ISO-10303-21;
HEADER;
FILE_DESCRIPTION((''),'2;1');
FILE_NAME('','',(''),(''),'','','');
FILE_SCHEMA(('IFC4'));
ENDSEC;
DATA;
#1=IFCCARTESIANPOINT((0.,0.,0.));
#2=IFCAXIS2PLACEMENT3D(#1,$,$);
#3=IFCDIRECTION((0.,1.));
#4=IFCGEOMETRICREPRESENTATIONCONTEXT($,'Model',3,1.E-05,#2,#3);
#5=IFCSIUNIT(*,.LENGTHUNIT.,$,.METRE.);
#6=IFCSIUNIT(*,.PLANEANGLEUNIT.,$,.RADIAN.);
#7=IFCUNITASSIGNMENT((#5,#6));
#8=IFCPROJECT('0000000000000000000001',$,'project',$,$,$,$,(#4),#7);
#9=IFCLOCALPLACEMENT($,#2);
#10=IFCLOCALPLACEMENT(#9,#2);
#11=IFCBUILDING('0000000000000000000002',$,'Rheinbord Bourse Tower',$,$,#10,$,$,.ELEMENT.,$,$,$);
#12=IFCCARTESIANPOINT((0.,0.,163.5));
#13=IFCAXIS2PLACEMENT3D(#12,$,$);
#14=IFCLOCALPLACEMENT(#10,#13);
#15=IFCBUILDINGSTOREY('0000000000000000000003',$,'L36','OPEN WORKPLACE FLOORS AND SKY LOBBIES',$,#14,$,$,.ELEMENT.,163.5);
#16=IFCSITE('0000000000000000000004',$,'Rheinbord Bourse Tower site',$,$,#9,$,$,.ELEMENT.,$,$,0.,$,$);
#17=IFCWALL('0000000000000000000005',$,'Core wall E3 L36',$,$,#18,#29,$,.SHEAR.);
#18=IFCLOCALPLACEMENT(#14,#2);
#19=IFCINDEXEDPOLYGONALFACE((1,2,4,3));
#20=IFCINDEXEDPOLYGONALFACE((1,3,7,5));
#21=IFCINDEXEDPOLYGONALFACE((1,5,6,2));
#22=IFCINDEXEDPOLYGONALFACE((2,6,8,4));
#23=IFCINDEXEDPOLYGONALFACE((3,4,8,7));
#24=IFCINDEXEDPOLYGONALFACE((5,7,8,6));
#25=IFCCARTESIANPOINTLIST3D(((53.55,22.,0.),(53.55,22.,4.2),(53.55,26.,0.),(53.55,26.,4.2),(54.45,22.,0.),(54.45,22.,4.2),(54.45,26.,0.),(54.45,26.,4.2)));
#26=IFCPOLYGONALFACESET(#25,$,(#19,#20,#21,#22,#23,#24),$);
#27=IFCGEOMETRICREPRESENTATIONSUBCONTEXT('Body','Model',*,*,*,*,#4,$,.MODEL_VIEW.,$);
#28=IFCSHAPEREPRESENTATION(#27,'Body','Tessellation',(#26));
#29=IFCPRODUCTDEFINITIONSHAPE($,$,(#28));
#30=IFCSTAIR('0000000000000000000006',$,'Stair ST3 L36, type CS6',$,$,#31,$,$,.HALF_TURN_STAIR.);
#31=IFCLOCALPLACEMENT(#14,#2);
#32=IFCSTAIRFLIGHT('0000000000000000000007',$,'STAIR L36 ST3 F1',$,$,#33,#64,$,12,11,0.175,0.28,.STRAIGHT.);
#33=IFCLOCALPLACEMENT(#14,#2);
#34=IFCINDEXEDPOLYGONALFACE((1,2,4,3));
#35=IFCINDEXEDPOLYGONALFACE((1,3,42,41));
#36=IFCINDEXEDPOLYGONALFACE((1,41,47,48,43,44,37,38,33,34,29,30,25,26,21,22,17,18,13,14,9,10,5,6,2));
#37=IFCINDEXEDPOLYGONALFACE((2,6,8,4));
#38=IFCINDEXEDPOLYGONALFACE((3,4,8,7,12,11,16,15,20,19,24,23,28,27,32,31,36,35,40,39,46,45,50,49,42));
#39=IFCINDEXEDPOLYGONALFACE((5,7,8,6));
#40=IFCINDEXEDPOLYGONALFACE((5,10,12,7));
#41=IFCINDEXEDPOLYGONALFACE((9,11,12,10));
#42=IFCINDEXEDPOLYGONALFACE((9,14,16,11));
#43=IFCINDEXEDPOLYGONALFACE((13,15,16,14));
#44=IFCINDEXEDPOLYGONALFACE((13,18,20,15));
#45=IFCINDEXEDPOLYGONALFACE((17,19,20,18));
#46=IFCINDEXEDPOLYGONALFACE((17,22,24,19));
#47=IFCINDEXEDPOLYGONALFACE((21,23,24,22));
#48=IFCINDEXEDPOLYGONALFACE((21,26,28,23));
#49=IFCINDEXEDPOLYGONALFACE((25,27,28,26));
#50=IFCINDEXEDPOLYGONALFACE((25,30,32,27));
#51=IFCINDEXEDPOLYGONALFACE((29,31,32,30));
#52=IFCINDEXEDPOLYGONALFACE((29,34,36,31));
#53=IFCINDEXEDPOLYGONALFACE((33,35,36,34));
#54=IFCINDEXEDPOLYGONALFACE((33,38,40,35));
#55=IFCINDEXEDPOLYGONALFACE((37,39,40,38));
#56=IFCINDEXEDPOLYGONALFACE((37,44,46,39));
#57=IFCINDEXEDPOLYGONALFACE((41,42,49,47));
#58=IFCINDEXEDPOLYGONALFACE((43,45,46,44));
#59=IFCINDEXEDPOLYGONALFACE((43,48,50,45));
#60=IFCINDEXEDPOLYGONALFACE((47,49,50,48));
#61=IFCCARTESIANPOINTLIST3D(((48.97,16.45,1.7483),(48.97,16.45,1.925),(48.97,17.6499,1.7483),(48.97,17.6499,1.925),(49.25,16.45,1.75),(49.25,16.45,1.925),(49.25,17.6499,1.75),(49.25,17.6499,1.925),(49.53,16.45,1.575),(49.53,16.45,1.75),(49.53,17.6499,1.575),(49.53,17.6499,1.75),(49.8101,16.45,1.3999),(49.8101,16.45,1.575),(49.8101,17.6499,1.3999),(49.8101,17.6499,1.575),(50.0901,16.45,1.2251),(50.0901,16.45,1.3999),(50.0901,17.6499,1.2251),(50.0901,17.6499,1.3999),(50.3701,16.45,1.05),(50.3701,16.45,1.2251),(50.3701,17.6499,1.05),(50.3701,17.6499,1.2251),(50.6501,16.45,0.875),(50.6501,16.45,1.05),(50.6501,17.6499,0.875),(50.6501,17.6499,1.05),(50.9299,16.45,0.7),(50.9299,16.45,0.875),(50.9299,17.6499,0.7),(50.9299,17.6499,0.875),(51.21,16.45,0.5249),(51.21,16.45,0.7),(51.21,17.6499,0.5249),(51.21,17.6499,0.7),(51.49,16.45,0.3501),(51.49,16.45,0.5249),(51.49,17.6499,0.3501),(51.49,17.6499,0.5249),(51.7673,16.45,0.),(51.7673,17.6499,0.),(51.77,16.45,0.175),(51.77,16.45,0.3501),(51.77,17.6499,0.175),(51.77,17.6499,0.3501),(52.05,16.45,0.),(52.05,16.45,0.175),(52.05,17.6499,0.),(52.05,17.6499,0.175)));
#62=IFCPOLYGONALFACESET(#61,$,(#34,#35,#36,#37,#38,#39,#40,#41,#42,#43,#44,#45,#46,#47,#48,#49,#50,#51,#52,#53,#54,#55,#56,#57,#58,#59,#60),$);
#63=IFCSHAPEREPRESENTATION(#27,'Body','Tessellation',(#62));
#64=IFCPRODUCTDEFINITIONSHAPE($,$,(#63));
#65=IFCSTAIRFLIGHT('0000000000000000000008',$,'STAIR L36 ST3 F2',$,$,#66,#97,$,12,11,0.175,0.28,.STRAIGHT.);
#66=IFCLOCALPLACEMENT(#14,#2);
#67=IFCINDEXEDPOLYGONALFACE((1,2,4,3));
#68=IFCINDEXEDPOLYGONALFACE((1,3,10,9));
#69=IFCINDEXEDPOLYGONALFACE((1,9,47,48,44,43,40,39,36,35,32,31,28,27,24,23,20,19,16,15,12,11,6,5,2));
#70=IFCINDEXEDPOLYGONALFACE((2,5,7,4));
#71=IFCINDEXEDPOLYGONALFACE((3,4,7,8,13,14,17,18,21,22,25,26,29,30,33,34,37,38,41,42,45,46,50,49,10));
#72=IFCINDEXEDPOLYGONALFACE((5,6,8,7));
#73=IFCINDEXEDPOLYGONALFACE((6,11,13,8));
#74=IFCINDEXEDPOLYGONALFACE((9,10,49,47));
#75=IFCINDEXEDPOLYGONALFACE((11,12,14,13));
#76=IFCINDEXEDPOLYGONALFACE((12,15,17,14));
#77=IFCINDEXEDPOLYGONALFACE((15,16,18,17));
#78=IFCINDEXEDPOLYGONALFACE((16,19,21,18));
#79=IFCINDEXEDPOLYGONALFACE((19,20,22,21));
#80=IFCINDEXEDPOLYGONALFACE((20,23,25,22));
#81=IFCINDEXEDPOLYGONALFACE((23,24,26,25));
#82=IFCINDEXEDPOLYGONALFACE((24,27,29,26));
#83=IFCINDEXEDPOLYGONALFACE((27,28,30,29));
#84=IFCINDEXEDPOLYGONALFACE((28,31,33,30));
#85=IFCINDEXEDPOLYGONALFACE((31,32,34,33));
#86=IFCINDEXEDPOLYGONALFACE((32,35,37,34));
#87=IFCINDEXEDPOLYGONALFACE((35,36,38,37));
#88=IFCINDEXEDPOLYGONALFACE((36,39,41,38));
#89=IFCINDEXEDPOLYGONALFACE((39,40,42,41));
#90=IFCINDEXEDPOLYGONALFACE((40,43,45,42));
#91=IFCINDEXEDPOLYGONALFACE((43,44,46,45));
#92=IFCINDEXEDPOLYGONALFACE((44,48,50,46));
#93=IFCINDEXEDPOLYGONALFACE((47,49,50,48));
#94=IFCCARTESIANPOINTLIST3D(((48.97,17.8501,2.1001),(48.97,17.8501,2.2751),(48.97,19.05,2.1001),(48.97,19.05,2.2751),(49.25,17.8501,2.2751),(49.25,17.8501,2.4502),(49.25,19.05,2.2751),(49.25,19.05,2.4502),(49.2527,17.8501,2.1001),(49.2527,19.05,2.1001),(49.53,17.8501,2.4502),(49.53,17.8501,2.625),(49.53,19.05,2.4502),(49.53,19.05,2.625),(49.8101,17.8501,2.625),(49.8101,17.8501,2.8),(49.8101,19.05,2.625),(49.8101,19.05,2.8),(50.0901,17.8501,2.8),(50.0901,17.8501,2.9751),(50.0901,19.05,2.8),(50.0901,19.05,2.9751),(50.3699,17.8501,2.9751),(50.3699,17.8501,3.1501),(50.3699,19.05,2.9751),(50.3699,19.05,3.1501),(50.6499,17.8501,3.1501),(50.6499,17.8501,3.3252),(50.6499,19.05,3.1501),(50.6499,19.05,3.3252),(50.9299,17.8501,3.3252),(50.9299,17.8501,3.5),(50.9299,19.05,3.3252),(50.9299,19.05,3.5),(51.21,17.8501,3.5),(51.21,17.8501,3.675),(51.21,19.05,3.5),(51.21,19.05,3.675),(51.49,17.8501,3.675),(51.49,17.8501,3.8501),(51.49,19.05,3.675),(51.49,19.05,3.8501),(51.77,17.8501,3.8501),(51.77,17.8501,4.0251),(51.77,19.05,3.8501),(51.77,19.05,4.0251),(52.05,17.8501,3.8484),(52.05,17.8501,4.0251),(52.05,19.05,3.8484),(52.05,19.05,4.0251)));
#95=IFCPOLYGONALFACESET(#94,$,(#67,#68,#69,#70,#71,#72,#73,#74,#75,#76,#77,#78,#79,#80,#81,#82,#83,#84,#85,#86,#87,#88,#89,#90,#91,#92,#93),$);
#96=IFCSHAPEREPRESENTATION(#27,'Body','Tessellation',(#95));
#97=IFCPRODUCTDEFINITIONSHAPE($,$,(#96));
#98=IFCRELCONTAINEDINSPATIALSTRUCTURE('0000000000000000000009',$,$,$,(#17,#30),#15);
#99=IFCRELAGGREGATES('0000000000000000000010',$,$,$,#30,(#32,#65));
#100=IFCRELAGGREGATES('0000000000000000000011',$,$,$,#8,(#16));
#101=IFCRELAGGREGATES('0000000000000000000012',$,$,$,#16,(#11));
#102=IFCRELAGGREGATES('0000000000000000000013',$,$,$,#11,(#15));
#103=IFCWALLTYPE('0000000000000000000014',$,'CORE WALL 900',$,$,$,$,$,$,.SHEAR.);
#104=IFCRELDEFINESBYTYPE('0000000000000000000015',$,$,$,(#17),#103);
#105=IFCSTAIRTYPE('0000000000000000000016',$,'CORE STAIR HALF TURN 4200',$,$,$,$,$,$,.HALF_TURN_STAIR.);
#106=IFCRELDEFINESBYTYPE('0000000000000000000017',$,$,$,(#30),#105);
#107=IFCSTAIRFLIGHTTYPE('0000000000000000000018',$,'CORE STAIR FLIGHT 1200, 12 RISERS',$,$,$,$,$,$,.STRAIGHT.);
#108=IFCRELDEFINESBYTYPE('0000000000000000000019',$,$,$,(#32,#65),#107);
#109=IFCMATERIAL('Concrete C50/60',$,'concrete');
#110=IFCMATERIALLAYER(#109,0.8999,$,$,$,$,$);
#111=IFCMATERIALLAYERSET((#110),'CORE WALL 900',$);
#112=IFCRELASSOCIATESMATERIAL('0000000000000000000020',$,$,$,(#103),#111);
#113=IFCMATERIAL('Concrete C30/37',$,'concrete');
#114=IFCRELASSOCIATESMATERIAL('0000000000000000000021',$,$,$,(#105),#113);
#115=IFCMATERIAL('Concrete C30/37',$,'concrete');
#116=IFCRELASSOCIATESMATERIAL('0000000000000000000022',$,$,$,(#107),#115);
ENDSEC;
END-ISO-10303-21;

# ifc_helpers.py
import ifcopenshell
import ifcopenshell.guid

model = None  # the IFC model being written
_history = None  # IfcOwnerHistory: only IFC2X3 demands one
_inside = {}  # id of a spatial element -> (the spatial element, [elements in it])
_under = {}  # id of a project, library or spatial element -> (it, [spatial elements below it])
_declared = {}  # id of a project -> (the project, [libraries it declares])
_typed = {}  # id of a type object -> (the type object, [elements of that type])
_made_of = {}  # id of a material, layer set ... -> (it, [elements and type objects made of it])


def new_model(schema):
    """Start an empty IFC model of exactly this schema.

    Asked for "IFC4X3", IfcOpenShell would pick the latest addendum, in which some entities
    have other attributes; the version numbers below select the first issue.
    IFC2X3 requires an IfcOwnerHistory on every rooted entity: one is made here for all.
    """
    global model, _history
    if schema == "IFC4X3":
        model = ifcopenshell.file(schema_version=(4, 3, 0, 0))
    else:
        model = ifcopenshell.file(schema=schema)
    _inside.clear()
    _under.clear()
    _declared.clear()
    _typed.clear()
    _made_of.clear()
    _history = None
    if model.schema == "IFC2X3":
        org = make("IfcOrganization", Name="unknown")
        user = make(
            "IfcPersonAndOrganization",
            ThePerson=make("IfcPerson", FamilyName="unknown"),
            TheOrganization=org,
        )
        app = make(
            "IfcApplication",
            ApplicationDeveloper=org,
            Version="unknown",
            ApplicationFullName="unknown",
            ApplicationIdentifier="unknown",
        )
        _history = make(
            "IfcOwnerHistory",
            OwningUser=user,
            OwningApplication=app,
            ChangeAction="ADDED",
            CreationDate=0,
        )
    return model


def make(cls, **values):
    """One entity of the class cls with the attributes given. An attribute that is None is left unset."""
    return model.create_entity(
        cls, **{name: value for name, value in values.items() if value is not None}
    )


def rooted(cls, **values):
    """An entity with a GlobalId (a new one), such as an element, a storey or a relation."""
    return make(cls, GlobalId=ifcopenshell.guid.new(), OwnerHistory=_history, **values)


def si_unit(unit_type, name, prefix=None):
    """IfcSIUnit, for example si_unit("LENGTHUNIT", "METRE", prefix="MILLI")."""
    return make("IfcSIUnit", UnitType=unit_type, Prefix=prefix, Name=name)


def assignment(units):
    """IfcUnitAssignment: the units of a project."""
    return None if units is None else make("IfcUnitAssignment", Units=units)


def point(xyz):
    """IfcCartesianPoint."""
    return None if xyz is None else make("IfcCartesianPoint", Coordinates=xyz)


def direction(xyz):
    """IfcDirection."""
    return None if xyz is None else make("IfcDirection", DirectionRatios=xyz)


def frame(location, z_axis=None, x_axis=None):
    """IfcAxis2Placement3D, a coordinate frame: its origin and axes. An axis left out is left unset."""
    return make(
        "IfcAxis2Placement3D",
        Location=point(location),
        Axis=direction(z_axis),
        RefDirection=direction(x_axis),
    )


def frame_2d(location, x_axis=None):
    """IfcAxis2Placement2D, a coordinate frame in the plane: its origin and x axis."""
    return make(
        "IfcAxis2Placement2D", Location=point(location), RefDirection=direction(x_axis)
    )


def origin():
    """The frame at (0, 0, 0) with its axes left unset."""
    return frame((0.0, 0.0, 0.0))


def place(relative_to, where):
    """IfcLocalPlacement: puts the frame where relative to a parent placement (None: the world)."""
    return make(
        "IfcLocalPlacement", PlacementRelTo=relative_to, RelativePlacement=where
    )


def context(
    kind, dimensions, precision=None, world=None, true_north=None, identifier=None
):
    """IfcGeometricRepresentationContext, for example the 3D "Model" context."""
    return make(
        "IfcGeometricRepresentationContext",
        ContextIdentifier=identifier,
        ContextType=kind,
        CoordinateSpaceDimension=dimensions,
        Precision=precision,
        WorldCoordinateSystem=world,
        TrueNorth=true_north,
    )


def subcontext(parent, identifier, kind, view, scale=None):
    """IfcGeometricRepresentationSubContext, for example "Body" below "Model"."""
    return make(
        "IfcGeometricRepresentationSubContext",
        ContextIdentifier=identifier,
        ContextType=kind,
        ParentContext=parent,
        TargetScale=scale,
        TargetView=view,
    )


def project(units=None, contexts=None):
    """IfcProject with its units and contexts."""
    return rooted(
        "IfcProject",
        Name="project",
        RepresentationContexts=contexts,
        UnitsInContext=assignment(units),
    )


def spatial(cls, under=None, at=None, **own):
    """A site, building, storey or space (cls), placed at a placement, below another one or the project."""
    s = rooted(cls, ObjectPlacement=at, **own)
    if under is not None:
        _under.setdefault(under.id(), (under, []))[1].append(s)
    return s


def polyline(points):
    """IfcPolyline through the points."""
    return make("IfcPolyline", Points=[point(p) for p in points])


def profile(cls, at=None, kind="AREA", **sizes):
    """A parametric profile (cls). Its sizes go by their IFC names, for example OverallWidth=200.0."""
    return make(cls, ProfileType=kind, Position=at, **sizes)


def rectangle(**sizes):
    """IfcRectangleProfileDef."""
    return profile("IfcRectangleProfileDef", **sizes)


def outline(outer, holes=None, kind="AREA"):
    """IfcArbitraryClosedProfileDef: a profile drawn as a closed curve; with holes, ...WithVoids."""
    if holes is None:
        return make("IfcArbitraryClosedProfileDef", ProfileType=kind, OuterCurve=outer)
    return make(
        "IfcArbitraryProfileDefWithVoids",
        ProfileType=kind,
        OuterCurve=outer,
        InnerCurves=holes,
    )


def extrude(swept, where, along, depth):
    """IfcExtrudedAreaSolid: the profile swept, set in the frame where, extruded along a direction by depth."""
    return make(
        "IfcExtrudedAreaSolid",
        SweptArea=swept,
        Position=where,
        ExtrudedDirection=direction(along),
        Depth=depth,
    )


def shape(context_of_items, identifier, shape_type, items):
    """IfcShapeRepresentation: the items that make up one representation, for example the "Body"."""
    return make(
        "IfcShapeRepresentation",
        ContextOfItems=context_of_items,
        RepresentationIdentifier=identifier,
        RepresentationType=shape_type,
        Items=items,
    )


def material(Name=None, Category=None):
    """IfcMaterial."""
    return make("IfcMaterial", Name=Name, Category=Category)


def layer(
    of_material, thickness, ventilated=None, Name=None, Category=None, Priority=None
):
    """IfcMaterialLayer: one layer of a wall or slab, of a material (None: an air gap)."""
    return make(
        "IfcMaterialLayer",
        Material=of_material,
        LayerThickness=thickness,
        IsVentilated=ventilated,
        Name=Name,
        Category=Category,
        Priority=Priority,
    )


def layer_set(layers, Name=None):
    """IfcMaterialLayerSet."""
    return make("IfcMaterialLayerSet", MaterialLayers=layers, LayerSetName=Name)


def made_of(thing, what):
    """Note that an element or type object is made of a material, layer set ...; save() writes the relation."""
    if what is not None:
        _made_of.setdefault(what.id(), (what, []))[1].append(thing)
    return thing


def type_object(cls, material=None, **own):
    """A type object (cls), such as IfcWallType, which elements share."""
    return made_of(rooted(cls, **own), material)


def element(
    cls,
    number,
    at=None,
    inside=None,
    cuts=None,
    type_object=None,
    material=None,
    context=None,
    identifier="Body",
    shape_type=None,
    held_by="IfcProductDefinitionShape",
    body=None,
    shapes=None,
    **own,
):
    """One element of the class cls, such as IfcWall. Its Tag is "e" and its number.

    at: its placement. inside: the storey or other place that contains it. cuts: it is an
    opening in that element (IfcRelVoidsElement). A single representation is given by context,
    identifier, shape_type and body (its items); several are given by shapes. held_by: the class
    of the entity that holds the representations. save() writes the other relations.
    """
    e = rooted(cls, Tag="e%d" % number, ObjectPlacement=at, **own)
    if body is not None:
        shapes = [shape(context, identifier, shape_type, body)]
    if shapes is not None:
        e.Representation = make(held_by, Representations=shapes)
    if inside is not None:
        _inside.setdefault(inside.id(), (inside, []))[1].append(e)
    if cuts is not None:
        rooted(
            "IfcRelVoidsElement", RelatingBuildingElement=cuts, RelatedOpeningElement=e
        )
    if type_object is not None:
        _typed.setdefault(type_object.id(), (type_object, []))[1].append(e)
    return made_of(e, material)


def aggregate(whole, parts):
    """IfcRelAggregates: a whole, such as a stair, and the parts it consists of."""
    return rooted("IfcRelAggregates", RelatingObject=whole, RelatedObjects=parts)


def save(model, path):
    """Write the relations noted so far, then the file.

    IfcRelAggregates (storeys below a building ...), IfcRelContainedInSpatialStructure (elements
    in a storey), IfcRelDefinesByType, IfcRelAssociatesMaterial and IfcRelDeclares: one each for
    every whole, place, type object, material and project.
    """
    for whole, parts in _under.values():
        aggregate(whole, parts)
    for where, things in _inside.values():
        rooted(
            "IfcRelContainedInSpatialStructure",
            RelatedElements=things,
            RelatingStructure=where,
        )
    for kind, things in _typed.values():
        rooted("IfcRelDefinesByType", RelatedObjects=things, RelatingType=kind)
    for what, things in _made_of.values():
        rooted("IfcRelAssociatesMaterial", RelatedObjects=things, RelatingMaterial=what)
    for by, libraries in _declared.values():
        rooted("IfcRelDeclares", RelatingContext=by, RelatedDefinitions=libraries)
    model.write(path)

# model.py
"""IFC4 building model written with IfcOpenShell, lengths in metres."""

from ifc_helpers import new_model, si_unit, direction, frame, frame_2d, origin, place, context, subcontext, project, spatial, polyline, rectangle, outline, extrude, material, layer, layer_set, type_object, element, aggregate, save


model = new_model("IFC4")

# Units and contexts
model_context = context("Model", 3, precision=1e-05, world=origin(), true_north=direction((0.0, 1.0)))
body_context = subcontext(model_context, "Body", "Model", "MODEL_VIEW")
ifc_project = project(units=[si_unit("LENGTHUNIT", "METRE"), si_unit("PLANEANGLEUNIT", "RADIAN")], contexts=[model_context])

# Site, building, storey
site_placement = place(None, origin())
site = spatial("IfcSite", under=ifc_project, at=site_placement, Name="Rheinbord Bourse Tower site", CompositionType="ELEMENT", RefElevation=0.0)
building_placement = place(site_placement, origin())
building = spatial("IfcBuilding", under=site, at=building_placement, Name="Rheinbord Bourse Tower", CompositionType="ELEMENT")
storey_placement = place(building_placement, frame((0.0, 0.0, 163.5)))
storey = spatial("IfcBuildingStorey", under=building, at=storey_placement, Name="L36", Description="OPEN WORKPLACE FLOORS AND SKY LOBBIES", CompositionType="ELEMENT", Elevation=163.5)

# Shared definitions
ifc_material_1 = material(Name="Concrete C50/60", Category="concrete")
ifc_layer_1 = layer(ifc_material_1, 0.8999)
ifc_layer_set_1 = layer_set([ifc_layer_1], Name="CORE WALL 900")
wall_type_1 = type_object("IfcWallType", Name="CORE WALL 900", PredefinedType="SHEAR", material=ifc_layer_set_1)

# Wall
wall_1_placement = place(storey_placement, frame((54.0, 22.0, 0.0), z_axis=(0.0, 0.0, 1.0), x_axis=(0.0, 1.0, 0.0)))
element("IfcWall", 1, at=wall_1_placement, inside=storey, type_object=wall_type_1, Name="Core wall E3 L36", PredefinedType="SHEAR", context=body_context, shape_type="SweptSolid", body=[
    extrude(rectangle(XDim=4.0, YDim=0.8999, at=frame_2d((2.0, 0.0))), origin(), (0.0, 0.0, 1.0), 4.2),
])

# Stair, stair flights
ifc_material_2 = material(Name="Concrete C30/37", Category="concrete")
stair_type = type_object("IfcStairType", Name="CORE STAIR HALF TURN 4200", PredefinedType="HALF_TURN_STAIR", material=ifc_material_2)
stair_placement = place(storey_placement, origin())
stair = element("IfcStair", 2, at=stair_placement, inside=storey, type_object=stair_type, Name="Stair ST3 L36, type CS6", PredefinedType="HALF_TURN_STAIR")
ifc_material_3 = material(Name="Concrete C30/37", Category="concrete")
stair_flight_type = type_object("IfcStairFlightType", Name="CORE STAIR FLIGHT 1200, 12 RISERS", PredefinedType="STRAIGHT", material=ifc_material_3)
stair_flight_1_placement = place(storey_placement, frame((52.05, 17.05, 0.0), z_axis=(0.0, 0.0, 1.0), x_axis=(-1.0, 0.0, 0.0)))
stair_flight_1 = element("IfcStairFlight", 3, at=stair_flight_1_placement, type_object=stair_flight_type, Name="STAIR L36 ST3 F1", NumberOfRisers=12, NumberOfTreads=11, PredefinedType="STRAIGHT", RiserHeight=0.175, TreadLength=0.28, context=body_context, shape_type="SweptSolid", body=[
    extrude(outline(polyline([(0.0, 0.0), (0.0, 0.175), (0.28, 0.175), (0.28, 0.3501), (0.5601, 0.3501), (0.5601, 0.5249), (0.8401, 0.5249), (0.8401, 0.7), (1.1201, 0.7), (1.1201, 0.875), (1.3999, 0.875), (1.3999, 1.05), (1.6799, 1.05), (1.6799, 1.2251), (1.96, 1.2251), (1.96, 1.3999), (2.24, 1.3999), (2.24, 1.575), (2.52, 1.575), (2.52, 1.75), (2.8, 1.75), (2.8, 1.925), (3.0801, 1.925), (3.0801, 2.1001), (3.0801, 1.7483), (0.2827, 0.0), (0.0, 0.0)])), frame((0.0, 0.6001, 0.0), z_axis=(0.0, -1.0, 0.0), x_axis=(1.0, 0.0, 0.0)), (0.0, 0.0, 1.0), 1.2),
])
stair_flight_2_placement = place(storey_placement, frame((48.97, 18.45, 2.1001), z_axis=(0.0, 0.0, 1.0), x_axis=(1.0, 0.0, 0.0)))
stair_flight_2 = element("IfcStairFlight", 4, at=stair_flight_2_placement, type_object=stair_flight_type, Name="STAIR L36 ST3 F2", NumberOfRisers=12, NumberOfTreads=11, PredefinedType="STRAIGHT", RiserHeight=0.175, TreadLength=0.28, context=body_context, shape_type="SweptSolid", body=[
    extrude(outline(polyline([(0.0, 0.0), (0.0, 0.175), (0.28, 0.175), (0.28, 0.3501), (0.5601, 0.3501), (0.5601, 0.5249), (0.8401, 0.5249), (0.8401, 0.7), (1.1201, 0.7), (1.1201, 0.875), (1.3999, 0.875), (1.3999, 1.05), (1.6799, 1.05), (1.6799, 1.2251), (1.96, 1.2251), (1.96, 1.3999), (2.24, 1.3999), (2.24, 1.575), (2.52, 1.575), (2.52, 1.75), (2.8, 1.75), (2.8, 1.925), (3.0801, 1.925), (3.0801, 2.1001), (3.0801, 1.7483), (0.2827, 0.0), (0.0, 0.0)])), frame((0.0, 0.6001, 0.0), z_axis=(0.0, -1.0, 0.0), x_axis=(1.0, 0.0, 0.0)), (0.0, 0.0, 1.0), 1.2),
])
aggregate(stair, [stair_flight_1, stair_flight_2])

save(model, "model.ifc")
